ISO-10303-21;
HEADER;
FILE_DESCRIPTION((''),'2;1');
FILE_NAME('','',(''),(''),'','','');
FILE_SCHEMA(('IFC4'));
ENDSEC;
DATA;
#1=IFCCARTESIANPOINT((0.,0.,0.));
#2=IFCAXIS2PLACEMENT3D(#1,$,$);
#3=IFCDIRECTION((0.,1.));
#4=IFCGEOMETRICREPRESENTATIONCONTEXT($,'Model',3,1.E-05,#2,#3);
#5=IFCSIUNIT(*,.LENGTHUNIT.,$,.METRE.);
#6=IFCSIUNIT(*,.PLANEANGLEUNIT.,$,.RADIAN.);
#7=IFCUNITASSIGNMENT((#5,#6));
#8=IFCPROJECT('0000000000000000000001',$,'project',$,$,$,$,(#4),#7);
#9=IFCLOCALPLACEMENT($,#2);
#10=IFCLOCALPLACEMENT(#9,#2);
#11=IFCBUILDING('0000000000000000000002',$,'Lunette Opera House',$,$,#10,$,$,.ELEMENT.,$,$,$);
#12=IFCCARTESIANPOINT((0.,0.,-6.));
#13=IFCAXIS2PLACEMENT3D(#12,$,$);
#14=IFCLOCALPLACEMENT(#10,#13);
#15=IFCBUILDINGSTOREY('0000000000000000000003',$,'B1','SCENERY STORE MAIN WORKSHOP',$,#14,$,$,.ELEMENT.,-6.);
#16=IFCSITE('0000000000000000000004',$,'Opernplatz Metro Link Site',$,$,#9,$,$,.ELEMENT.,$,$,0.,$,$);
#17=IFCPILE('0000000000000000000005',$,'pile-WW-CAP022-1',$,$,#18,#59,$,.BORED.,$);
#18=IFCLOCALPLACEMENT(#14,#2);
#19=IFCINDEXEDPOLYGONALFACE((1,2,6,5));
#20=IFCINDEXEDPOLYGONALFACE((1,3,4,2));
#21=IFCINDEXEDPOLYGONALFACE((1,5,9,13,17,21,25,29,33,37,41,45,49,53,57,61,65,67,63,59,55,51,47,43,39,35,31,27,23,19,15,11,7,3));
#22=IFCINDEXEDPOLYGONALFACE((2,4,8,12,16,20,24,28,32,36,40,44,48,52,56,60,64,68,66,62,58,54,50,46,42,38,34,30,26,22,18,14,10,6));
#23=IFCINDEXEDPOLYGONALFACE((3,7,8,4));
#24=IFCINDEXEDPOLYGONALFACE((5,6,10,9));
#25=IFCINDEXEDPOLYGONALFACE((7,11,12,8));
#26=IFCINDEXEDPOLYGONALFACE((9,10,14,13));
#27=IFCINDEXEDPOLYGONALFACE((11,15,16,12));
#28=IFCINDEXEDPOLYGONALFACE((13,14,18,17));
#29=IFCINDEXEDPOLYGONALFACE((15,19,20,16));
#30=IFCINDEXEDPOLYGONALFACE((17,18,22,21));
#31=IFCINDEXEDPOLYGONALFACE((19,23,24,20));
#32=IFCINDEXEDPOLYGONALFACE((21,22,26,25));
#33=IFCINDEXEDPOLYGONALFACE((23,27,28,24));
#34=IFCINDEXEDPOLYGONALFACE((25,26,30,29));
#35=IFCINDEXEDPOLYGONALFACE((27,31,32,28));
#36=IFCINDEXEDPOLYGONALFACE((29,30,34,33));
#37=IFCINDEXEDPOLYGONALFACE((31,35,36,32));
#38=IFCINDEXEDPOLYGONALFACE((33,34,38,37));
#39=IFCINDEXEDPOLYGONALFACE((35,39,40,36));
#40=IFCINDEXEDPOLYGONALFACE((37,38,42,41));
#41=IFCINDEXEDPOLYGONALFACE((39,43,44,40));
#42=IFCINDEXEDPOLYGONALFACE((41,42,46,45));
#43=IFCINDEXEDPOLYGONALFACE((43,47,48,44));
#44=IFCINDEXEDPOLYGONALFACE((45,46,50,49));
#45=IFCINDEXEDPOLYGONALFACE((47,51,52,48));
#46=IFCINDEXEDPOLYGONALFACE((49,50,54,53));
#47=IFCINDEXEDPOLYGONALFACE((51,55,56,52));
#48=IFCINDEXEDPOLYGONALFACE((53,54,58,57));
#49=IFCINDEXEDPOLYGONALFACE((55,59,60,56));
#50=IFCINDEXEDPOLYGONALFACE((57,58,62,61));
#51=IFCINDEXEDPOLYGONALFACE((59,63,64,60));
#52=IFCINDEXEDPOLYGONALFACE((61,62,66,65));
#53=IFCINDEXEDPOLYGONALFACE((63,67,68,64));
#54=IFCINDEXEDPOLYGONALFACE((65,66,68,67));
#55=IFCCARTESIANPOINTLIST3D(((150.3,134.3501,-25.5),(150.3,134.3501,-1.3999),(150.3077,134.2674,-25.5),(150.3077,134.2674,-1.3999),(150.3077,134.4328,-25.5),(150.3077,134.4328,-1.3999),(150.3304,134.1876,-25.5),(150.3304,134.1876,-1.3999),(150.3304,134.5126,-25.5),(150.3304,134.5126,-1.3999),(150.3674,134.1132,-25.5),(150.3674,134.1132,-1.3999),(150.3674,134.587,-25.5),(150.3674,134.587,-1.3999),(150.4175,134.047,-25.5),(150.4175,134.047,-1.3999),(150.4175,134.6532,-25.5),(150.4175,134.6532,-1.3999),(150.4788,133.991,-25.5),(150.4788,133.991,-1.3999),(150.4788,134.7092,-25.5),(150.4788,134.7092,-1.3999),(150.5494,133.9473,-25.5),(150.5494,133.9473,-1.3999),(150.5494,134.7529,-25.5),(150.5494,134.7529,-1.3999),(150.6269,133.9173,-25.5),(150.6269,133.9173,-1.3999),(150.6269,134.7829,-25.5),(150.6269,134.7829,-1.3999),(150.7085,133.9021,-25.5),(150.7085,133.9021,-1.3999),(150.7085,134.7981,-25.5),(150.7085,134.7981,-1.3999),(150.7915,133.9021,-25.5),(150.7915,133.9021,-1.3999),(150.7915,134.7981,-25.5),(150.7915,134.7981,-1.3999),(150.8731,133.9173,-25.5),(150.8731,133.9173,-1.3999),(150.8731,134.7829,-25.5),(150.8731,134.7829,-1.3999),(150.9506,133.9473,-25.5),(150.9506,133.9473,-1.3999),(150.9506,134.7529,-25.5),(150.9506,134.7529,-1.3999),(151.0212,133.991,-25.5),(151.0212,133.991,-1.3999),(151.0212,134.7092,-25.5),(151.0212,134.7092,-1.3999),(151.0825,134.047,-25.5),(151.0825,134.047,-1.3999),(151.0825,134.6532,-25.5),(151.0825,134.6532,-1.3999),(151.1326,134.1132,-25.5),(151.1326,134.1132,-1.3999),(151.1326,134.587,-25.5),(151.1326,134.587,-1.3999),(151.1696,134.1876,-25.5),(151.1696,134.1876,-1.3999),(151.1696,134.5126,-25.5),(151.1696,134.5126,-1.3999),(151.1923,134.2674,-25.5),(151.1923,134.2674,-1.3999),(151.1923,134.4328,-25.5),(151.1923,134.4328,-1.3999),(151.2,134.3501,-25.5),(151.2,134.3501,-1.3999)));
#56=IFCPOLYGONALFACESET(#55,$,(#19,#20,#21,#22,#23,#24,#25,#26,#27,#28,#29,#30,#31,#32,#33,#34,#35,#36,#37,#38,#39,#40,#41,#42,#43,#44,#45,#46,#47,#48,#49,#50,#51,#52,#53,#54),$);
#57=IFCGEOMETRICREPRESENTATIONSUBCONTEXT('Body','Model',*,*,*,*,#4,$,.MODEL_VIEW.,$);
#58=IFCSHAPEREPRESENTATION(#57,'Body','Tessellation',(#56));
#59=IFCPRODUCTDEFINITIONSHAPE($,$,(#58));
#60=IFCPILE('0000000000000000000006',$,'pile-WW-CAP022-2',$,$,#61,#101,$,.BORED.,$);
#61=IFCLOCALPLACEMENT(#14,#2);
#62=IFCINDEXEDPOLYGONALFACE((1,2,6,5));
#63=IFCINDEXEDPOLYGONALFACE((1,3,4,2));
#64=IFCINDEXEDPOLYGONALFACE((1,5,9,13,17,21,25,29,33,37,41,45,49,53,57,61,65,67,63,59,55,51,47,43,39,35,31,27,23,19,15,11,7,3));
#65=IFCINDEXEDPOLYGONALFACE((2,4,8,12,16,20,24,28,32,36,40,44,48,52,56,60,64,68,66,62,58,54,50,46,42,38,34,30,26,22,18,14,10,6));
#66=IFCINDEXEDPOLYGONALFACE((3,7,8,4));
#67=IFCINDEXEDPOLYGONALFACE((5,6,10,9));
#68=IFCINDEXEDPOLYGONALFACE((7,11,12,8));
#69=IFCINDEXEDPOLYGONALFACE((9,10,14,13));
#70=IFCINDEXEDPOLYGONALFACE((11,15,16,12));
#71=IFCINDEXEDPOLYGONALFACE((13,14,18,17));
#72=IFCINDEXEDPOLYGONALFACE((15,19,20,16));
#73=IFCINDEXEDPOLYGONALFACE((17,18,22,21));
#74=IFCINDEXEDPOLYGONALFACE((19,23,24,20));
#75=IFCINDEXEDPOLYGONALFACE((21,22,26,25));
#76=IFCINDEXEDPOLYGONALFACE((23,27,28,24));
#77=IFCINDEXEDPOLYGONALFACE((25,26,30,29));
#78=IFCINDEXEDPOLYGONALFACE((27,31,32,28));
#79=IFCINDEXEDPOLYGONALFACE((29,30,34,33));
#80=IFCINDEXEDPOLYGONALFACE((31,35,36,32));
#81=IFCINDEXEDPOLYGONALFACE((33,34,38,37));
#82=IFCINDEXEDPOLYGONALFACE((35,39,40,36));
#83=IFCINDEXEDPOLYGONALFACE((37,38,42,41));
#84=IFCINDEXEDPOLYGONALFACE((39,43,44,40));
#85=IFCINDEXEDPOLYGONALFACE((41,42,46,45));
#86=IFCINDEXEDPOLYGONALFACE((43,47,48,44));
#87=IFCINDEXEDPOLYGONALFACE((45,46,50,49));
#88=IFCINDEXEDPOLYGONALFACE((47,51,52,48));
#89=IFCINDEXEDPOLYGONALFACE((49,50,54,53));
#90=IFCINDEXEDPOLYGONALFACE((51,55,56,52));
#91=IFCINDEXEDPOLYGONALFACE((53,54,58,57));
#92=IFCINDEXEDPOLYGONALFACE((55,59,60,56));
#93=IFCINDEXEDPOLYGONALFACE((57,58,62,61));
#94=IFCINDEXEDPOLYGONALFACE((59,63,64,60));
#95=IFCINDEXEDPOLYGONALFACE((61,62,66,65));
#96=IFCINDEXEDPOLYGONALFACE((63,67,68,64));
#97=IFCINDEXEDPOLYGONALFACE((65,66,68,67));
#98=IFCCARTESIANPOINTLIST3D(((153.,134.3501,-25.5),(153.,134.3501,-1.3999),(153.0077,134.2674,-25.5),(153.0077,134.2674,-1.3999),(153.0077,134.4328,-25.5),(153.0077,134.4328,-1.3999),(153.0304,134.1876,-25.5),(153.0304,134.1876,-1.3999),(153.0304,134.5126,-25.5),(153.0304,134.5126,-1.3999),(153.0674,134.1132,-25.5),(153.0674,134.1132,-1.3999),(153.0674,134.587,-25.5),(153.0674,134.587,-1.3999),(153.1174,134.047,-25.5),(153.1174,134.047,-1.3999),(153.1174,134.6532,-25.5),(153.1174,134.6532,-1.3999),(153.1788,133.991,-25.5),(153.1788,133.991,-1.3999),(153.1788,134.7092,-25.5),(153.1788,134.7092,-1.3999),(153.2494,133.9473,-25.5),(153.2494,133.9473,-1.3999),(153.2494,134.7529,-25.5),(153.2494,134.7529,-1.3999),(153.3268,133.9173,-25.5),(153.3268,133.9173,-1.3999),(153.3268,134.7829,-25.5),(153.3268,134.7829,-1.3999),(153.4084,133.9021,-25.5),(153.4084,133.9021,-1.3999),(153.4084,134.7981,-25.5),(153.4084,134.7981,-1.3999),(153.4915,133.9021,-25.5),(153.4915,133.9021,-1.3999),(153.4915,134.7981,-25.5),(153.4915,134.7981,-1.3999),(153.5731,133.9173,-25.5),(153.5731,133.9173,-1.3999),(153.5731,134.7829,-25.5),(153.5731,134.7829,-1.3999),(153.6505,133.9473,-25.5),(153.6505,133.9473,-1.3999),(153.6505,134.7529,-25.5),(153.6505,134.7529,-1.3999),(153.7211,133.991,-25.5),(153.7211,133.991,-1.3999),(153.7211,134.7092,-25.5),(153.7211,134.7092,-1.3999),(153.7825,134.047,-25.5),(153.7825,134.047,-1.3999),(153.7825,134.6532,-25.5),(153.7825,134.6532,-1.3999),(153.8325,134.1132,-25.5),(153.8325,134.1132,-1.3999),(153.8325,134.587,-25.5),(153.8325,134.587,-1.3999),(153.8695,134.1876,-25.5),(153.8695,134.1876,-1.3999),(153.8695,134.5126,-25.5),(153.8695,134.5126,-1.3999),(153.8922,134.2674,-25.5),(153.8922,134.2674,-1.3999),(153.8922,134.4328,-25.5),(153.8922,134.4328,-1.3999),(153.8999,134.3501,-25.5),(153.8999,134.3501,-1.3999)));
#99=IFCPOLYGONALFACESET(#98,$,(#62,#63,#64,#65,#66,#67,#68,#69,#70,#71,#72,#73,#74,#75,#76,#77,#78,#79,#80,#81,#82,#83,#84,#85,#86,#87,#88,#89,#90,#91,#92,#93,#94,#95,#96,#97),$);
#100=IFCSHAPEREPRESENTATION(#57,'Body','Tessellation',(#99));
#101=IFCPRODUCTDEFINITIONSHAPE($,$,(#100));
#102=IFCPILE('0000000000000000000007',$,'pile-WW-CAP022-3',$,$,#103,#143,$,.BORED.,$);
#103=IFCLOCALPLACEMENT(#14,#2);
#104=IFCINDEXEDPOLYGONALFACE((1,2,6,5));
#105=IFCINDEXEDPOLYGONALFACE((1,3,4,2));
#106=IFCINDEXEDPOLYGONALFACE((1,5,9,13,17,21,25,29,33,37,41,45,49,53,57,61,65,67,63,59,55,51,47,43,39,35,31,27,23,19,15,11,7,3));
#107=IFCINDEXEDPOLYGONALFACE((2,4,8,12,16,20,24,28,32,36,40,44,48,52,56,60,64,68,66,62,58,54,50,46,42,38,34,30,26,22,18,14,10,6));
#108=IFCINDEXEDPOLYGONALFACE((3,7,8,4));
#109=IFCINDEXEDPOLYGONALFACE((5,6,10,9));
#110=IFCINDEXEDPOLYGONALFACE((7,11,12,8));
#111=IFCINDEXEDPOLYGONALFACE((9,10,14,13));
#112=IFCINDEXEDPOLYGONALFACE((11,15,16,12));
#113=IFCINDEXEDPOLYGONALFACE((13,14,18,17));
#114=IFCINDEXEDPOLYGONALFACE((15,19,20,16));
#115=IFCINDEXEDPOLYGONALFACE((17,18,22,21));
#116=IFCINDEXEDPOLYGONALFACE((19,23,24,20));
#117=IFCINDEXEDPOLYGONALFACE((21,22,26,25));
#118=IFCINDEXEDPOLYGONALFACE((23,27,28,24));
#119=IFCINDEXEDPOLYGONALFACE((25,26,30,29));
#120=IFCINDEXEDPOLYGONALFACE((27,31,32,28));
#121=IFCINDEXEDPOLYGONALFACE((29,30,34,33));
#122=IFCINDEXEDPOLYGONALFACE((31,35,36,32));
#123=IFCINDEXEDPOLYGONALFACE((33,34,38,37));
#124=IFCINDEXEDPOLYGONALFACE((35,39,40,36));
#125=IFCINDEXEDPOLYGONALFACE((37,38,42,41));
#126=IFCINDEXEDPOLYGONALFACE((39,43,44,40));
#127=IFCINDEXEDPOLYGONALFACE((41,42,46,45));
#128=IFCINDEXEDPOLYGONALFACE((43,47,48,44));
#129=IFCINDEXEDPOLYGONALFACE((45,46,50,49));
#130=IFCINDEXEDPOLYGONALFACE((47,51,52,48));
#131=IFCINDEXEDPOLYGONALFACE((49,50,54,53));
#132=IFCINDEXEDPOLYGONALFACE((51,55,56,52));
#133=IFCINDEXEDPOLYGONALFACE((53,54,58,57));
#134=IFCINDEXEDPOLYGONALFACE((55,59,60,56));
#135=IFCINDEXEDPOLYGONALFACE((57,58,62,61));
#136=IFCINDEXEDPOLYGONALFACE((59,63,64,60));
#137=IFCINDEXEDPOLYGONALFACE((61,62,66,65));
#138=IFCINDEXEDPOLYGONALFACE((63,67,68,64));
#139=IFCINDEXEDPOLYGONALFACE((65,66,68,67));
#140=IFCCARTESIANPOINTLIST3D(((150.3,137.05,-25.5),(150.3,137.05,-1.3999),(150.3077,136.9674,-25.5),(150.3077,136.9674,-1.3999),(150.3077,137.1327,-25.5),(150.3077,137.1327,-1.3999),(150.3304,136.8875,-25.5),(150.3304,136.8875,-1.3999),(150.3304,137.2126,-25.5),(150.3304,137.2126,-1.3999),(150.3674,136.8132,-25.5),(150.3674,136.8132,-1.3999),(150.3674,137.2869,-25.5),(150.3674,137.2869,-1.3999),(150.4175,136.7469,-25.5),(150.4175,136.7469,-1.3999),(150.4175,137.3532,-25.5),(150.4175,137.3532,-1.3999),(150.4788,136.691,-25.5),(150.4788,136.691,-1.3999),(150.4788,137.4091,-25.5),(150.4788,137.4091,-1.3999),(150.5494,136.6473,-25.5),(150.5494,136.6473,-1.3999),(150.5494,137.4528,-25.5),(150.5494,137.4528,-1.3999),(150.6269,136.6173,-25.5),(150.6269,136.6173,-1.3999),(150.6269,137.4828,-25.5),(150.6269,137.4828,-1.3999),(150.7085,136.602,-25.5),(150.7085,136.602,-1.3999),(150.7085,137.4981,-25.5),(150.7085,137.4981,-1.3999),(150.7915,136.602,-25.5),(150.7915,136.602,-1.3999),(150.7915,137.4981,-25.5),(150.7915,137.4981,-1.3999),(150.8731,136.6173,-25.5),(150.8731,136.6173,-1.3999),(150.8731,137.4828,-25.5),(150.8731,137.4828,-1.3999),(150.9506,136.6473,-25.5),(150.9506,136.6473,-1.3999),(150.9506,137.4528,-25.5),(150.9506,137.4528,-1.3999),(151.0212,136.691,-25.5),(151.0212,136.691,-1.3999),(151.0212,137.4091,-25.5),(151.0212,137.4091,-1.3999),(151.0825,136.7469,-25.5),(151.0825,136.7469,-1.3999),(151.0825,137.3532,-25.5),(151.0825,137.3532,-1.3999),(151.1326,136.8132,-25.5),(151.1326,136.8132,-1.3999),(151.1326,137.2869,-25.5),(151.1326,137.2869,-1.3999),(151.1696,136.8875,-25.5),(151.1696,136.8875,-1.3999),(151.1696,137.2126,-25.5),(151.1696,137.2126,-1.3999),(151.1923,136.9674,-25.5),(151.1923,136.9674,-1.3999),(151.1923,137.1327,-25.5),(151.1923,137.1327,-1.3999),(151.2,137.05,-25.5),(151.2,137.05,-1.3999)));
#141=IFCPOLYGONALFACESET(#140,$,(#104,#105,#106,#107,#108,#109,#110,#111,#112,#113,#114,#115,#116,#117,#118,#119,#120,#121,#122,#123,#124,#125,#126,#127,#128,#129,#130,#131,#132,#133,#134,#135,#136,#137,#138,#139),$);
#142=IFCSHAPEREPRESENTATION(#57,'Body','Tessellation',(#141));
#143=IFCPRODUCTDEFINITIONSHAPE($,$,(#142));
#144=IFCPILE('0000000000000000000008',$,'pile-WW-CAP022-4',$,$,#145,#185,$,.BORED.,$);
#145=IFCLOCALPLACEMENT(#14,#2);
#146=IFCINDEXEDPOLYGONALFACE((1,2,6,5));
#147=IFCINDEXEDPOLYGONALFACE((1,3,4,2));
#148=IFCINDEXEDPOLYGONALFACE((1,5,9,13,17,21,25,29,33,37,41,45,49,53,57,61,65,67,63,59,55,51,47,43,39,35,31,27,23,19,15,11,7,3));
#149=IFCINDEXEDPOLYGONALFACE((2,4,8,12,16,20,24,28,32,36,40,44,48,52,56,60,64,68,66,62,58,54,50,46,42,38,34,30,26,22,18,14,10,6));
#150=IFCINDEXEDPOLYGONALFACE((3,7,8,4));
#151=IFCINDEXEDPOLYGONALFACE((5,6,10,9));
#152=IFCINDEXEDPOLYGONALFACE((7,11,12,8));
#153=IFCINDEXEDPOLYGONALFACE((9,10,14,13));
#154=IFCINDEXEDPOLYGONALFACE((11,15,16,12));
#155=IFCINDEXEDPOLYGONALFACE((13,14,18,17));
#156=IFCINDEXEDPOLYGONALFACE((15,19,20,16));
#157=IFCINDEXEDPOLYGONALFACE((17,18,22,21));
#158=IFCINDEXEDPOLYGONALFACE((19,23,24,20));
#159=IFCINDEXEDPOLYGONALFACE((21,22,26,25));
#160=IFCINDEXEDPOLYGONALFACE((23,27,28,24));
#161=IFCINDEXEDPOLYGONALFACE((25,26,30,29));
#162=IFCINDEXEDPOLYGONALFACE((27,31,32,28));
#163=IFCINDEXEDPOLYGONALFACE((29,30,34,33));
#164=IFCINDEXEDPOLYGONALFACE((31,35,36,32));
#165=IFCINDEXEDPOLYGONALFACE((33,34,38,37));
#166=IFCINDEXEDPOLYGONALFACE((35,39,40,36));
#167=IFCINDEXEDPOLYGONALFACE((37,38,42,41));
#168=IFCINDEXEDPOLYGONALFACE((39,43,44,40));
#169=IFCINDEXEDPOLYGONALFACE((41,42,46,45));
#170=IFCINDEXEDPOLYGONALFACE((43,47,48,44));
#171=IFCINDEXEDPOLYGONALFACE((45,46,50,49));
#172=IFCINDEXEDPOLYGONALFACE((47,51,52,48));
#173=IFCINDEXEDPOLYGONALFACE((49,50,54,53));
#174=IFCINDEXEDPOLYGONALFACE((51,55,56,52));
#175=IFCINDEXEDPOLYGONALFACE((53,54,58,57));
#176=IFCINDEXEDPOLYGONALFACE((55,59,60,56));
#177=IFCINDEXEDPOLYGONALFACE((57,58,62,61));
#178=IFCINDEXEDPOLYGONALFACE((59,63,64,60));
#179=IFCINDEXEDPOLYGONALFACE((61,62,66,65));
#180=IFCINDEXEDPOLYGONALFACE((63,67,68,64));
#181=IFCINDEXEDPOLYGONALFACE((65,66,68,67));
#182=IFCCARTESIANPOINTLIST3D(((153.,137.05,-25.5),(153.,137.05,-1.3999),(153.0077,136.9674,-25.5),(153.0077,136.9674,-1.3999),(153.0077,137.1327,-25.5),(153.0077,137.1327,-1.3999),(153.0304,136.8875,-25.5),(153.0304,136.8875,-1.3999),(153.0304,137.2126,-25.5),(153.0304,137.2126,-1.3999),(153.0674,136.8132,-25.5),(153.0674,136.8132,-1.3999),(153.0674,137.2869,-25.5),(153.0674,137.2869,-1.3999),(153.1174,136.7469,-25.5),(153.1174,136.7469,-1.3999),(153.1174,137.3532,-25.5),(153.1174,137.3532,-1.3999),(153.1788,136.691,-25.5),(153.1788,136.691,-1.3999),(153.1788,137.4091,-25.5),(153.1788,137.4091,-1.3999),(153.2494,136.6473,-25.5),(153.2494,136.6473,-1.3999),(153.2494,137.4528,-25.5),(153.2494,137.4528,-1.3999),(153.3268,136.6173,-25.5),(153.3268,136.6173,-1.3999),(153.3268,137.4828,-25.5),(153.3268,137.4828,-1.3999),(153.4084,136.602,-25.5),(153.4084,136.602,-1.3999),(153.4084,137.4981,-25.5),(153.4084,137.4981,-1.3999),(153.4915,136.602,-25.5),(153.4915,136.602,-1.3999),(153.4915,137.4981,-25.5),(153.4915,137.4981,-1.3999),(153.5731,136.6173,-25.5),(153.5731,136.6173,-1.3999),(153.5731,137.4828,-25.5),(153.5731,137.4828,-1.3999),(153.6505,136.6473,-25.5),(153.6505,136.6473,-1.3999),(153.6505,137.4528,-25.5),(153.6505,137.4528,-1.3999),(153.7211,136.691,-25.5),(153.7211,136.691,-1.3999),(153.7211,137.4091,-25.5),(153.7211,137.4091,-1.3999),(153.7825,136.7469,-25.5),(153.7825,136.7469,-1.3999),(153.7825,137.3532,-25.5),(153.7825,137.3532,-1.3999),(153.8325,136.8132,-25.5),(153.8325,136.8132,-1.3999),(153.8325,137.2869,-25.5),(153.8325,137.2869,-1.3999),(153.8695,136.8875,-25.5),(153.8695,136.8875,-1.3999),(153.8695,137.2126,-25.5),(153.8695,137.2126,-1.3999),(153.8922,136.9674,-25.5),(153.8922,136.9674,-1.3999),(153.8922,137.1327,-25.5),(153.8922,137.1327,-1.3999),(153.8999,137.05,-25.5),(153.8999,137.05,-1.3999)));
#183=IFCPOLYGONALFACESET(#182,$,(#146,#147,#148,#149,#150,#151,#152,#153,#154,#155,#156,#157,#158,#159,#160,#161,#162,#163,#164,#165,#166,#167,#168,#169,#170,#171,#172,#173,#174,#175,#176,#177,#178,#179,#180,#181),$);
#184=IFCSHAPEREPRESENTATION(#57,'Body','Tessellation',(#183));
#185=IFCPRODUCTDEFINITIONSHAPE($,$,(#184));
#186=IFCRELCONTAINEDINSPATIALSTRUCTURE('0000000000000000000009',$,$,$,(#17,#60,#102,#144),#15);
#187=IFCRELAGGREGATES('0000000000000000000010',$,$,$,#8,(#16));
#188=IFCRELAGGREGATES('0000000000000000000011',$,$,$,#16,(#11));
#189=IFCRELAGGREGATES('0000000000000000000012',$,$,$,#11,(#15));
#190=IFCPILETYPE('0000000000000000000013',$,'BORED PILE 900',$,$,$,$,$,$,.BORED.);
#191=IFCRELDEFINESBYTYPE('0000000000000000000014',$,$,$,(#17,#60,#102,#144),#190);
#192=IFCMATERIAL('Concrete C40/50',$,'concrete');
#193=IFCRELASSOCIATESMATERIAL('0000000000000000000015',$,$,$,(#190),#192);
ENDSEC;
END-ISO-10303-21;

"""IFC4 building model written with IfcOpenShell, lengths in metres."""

from ifc_helpers import new_model, si_unit, direction, frame, origin, origin_2d, place, context, subcontext, project, spatial, circle, extrude, material, material_profile, profile_set, type_object, element, save


model = new_model("IFC4")

# Units and contexts
model_context = context("Model", 3, precision=1e-05, world=origin(), true_north=direction((0.0, 1.0)))
body_context = subcontext(model_context, "Body", "Model", "MODEL_VIEW")
ifc_project = project(units=[si_unit("LENGTHUNIT", "METRE"), si_unit("PLANEANGLEUNIT", "RADIAN")], contexts=[model_context])

# Site, building, storey
site_placement = place(None, origin())
site = spatial("IfcSite", under=ifc_project, at=site_placement, Name="Opernplatz Metro Link Site", CompositionType="ELEMENT", RefElevation=0.0)
building_placement = place(site_placement, origin())
building = spatial("IfcBuilding", under=site, at=building_placement, Name="Lunette Opera House", CompositionType="ELEMENT")
storey_placement = place(building_placement, frame((0.0, 0.0, -6.0)))
storey = spatial("IfcBuildingStorey", under=building, at=storey_placement, Name="B1", Description="SCENERY STORE MAIN WORKSHOP", CompositionType="ELEMENT", Elevation=-6.0)

# Piles
ifc_material_1 = material(Name="Concrete C40/50", Category="concrete")
ifc_material_profile_1 = material_profile(ifc_material_1, circle(Radius=0.45, at=origin_2d()), Name="BORED PILE 900")
ifc_profile_set_1 = profile_set([ifc_material_profile_1], Name="Concrete C40/50")
pile_type = type_object("IfcPileType", Name="BORED PILE 900", PredefinedType="BORED", material=ifc_profile_set_1)
for number, where, z_axis, x_axis, name in (
    (1, (150.75, 134.3501, -1.3999), (0.0, 0.0, -1.0), (1.0, 0.0, 0.0), "pile-WW-CAP022-1"),
    (2, (153.45, 134.3501, -1.3999), (0.0, 0.0, -1.0), (1.0, 0.0, 0.0), "pile-WW-CAP022-2"),
    (3, (150.75, 137.05, -1.3999), (0.0, 0.0, -1.0), (1.0, 0.0, 0.0), "pile-WW-CAP022-3"),
    (4, (153.45, 137.05, -1.3999), (0.0, 0.0, -1.0), (1.0, 0.0, 0.0), "pile-WW-CAP022-4"),
):
    element("IfcPile", number, at=place(storey_placement, frame(where, z_axis=z_axis, x_axis=x_axis)), inside=storey, type_object=pile_type, Name=name, PredefinedType="BORED", context=body_context, shape_type="SweptSolid", body=[
        extrude(circle(Radius=0.45, at=origin_2d()), origin(), (0.0, 0.0, 1.0), 24.1001),
    ])

save(model, "model.ifc")
